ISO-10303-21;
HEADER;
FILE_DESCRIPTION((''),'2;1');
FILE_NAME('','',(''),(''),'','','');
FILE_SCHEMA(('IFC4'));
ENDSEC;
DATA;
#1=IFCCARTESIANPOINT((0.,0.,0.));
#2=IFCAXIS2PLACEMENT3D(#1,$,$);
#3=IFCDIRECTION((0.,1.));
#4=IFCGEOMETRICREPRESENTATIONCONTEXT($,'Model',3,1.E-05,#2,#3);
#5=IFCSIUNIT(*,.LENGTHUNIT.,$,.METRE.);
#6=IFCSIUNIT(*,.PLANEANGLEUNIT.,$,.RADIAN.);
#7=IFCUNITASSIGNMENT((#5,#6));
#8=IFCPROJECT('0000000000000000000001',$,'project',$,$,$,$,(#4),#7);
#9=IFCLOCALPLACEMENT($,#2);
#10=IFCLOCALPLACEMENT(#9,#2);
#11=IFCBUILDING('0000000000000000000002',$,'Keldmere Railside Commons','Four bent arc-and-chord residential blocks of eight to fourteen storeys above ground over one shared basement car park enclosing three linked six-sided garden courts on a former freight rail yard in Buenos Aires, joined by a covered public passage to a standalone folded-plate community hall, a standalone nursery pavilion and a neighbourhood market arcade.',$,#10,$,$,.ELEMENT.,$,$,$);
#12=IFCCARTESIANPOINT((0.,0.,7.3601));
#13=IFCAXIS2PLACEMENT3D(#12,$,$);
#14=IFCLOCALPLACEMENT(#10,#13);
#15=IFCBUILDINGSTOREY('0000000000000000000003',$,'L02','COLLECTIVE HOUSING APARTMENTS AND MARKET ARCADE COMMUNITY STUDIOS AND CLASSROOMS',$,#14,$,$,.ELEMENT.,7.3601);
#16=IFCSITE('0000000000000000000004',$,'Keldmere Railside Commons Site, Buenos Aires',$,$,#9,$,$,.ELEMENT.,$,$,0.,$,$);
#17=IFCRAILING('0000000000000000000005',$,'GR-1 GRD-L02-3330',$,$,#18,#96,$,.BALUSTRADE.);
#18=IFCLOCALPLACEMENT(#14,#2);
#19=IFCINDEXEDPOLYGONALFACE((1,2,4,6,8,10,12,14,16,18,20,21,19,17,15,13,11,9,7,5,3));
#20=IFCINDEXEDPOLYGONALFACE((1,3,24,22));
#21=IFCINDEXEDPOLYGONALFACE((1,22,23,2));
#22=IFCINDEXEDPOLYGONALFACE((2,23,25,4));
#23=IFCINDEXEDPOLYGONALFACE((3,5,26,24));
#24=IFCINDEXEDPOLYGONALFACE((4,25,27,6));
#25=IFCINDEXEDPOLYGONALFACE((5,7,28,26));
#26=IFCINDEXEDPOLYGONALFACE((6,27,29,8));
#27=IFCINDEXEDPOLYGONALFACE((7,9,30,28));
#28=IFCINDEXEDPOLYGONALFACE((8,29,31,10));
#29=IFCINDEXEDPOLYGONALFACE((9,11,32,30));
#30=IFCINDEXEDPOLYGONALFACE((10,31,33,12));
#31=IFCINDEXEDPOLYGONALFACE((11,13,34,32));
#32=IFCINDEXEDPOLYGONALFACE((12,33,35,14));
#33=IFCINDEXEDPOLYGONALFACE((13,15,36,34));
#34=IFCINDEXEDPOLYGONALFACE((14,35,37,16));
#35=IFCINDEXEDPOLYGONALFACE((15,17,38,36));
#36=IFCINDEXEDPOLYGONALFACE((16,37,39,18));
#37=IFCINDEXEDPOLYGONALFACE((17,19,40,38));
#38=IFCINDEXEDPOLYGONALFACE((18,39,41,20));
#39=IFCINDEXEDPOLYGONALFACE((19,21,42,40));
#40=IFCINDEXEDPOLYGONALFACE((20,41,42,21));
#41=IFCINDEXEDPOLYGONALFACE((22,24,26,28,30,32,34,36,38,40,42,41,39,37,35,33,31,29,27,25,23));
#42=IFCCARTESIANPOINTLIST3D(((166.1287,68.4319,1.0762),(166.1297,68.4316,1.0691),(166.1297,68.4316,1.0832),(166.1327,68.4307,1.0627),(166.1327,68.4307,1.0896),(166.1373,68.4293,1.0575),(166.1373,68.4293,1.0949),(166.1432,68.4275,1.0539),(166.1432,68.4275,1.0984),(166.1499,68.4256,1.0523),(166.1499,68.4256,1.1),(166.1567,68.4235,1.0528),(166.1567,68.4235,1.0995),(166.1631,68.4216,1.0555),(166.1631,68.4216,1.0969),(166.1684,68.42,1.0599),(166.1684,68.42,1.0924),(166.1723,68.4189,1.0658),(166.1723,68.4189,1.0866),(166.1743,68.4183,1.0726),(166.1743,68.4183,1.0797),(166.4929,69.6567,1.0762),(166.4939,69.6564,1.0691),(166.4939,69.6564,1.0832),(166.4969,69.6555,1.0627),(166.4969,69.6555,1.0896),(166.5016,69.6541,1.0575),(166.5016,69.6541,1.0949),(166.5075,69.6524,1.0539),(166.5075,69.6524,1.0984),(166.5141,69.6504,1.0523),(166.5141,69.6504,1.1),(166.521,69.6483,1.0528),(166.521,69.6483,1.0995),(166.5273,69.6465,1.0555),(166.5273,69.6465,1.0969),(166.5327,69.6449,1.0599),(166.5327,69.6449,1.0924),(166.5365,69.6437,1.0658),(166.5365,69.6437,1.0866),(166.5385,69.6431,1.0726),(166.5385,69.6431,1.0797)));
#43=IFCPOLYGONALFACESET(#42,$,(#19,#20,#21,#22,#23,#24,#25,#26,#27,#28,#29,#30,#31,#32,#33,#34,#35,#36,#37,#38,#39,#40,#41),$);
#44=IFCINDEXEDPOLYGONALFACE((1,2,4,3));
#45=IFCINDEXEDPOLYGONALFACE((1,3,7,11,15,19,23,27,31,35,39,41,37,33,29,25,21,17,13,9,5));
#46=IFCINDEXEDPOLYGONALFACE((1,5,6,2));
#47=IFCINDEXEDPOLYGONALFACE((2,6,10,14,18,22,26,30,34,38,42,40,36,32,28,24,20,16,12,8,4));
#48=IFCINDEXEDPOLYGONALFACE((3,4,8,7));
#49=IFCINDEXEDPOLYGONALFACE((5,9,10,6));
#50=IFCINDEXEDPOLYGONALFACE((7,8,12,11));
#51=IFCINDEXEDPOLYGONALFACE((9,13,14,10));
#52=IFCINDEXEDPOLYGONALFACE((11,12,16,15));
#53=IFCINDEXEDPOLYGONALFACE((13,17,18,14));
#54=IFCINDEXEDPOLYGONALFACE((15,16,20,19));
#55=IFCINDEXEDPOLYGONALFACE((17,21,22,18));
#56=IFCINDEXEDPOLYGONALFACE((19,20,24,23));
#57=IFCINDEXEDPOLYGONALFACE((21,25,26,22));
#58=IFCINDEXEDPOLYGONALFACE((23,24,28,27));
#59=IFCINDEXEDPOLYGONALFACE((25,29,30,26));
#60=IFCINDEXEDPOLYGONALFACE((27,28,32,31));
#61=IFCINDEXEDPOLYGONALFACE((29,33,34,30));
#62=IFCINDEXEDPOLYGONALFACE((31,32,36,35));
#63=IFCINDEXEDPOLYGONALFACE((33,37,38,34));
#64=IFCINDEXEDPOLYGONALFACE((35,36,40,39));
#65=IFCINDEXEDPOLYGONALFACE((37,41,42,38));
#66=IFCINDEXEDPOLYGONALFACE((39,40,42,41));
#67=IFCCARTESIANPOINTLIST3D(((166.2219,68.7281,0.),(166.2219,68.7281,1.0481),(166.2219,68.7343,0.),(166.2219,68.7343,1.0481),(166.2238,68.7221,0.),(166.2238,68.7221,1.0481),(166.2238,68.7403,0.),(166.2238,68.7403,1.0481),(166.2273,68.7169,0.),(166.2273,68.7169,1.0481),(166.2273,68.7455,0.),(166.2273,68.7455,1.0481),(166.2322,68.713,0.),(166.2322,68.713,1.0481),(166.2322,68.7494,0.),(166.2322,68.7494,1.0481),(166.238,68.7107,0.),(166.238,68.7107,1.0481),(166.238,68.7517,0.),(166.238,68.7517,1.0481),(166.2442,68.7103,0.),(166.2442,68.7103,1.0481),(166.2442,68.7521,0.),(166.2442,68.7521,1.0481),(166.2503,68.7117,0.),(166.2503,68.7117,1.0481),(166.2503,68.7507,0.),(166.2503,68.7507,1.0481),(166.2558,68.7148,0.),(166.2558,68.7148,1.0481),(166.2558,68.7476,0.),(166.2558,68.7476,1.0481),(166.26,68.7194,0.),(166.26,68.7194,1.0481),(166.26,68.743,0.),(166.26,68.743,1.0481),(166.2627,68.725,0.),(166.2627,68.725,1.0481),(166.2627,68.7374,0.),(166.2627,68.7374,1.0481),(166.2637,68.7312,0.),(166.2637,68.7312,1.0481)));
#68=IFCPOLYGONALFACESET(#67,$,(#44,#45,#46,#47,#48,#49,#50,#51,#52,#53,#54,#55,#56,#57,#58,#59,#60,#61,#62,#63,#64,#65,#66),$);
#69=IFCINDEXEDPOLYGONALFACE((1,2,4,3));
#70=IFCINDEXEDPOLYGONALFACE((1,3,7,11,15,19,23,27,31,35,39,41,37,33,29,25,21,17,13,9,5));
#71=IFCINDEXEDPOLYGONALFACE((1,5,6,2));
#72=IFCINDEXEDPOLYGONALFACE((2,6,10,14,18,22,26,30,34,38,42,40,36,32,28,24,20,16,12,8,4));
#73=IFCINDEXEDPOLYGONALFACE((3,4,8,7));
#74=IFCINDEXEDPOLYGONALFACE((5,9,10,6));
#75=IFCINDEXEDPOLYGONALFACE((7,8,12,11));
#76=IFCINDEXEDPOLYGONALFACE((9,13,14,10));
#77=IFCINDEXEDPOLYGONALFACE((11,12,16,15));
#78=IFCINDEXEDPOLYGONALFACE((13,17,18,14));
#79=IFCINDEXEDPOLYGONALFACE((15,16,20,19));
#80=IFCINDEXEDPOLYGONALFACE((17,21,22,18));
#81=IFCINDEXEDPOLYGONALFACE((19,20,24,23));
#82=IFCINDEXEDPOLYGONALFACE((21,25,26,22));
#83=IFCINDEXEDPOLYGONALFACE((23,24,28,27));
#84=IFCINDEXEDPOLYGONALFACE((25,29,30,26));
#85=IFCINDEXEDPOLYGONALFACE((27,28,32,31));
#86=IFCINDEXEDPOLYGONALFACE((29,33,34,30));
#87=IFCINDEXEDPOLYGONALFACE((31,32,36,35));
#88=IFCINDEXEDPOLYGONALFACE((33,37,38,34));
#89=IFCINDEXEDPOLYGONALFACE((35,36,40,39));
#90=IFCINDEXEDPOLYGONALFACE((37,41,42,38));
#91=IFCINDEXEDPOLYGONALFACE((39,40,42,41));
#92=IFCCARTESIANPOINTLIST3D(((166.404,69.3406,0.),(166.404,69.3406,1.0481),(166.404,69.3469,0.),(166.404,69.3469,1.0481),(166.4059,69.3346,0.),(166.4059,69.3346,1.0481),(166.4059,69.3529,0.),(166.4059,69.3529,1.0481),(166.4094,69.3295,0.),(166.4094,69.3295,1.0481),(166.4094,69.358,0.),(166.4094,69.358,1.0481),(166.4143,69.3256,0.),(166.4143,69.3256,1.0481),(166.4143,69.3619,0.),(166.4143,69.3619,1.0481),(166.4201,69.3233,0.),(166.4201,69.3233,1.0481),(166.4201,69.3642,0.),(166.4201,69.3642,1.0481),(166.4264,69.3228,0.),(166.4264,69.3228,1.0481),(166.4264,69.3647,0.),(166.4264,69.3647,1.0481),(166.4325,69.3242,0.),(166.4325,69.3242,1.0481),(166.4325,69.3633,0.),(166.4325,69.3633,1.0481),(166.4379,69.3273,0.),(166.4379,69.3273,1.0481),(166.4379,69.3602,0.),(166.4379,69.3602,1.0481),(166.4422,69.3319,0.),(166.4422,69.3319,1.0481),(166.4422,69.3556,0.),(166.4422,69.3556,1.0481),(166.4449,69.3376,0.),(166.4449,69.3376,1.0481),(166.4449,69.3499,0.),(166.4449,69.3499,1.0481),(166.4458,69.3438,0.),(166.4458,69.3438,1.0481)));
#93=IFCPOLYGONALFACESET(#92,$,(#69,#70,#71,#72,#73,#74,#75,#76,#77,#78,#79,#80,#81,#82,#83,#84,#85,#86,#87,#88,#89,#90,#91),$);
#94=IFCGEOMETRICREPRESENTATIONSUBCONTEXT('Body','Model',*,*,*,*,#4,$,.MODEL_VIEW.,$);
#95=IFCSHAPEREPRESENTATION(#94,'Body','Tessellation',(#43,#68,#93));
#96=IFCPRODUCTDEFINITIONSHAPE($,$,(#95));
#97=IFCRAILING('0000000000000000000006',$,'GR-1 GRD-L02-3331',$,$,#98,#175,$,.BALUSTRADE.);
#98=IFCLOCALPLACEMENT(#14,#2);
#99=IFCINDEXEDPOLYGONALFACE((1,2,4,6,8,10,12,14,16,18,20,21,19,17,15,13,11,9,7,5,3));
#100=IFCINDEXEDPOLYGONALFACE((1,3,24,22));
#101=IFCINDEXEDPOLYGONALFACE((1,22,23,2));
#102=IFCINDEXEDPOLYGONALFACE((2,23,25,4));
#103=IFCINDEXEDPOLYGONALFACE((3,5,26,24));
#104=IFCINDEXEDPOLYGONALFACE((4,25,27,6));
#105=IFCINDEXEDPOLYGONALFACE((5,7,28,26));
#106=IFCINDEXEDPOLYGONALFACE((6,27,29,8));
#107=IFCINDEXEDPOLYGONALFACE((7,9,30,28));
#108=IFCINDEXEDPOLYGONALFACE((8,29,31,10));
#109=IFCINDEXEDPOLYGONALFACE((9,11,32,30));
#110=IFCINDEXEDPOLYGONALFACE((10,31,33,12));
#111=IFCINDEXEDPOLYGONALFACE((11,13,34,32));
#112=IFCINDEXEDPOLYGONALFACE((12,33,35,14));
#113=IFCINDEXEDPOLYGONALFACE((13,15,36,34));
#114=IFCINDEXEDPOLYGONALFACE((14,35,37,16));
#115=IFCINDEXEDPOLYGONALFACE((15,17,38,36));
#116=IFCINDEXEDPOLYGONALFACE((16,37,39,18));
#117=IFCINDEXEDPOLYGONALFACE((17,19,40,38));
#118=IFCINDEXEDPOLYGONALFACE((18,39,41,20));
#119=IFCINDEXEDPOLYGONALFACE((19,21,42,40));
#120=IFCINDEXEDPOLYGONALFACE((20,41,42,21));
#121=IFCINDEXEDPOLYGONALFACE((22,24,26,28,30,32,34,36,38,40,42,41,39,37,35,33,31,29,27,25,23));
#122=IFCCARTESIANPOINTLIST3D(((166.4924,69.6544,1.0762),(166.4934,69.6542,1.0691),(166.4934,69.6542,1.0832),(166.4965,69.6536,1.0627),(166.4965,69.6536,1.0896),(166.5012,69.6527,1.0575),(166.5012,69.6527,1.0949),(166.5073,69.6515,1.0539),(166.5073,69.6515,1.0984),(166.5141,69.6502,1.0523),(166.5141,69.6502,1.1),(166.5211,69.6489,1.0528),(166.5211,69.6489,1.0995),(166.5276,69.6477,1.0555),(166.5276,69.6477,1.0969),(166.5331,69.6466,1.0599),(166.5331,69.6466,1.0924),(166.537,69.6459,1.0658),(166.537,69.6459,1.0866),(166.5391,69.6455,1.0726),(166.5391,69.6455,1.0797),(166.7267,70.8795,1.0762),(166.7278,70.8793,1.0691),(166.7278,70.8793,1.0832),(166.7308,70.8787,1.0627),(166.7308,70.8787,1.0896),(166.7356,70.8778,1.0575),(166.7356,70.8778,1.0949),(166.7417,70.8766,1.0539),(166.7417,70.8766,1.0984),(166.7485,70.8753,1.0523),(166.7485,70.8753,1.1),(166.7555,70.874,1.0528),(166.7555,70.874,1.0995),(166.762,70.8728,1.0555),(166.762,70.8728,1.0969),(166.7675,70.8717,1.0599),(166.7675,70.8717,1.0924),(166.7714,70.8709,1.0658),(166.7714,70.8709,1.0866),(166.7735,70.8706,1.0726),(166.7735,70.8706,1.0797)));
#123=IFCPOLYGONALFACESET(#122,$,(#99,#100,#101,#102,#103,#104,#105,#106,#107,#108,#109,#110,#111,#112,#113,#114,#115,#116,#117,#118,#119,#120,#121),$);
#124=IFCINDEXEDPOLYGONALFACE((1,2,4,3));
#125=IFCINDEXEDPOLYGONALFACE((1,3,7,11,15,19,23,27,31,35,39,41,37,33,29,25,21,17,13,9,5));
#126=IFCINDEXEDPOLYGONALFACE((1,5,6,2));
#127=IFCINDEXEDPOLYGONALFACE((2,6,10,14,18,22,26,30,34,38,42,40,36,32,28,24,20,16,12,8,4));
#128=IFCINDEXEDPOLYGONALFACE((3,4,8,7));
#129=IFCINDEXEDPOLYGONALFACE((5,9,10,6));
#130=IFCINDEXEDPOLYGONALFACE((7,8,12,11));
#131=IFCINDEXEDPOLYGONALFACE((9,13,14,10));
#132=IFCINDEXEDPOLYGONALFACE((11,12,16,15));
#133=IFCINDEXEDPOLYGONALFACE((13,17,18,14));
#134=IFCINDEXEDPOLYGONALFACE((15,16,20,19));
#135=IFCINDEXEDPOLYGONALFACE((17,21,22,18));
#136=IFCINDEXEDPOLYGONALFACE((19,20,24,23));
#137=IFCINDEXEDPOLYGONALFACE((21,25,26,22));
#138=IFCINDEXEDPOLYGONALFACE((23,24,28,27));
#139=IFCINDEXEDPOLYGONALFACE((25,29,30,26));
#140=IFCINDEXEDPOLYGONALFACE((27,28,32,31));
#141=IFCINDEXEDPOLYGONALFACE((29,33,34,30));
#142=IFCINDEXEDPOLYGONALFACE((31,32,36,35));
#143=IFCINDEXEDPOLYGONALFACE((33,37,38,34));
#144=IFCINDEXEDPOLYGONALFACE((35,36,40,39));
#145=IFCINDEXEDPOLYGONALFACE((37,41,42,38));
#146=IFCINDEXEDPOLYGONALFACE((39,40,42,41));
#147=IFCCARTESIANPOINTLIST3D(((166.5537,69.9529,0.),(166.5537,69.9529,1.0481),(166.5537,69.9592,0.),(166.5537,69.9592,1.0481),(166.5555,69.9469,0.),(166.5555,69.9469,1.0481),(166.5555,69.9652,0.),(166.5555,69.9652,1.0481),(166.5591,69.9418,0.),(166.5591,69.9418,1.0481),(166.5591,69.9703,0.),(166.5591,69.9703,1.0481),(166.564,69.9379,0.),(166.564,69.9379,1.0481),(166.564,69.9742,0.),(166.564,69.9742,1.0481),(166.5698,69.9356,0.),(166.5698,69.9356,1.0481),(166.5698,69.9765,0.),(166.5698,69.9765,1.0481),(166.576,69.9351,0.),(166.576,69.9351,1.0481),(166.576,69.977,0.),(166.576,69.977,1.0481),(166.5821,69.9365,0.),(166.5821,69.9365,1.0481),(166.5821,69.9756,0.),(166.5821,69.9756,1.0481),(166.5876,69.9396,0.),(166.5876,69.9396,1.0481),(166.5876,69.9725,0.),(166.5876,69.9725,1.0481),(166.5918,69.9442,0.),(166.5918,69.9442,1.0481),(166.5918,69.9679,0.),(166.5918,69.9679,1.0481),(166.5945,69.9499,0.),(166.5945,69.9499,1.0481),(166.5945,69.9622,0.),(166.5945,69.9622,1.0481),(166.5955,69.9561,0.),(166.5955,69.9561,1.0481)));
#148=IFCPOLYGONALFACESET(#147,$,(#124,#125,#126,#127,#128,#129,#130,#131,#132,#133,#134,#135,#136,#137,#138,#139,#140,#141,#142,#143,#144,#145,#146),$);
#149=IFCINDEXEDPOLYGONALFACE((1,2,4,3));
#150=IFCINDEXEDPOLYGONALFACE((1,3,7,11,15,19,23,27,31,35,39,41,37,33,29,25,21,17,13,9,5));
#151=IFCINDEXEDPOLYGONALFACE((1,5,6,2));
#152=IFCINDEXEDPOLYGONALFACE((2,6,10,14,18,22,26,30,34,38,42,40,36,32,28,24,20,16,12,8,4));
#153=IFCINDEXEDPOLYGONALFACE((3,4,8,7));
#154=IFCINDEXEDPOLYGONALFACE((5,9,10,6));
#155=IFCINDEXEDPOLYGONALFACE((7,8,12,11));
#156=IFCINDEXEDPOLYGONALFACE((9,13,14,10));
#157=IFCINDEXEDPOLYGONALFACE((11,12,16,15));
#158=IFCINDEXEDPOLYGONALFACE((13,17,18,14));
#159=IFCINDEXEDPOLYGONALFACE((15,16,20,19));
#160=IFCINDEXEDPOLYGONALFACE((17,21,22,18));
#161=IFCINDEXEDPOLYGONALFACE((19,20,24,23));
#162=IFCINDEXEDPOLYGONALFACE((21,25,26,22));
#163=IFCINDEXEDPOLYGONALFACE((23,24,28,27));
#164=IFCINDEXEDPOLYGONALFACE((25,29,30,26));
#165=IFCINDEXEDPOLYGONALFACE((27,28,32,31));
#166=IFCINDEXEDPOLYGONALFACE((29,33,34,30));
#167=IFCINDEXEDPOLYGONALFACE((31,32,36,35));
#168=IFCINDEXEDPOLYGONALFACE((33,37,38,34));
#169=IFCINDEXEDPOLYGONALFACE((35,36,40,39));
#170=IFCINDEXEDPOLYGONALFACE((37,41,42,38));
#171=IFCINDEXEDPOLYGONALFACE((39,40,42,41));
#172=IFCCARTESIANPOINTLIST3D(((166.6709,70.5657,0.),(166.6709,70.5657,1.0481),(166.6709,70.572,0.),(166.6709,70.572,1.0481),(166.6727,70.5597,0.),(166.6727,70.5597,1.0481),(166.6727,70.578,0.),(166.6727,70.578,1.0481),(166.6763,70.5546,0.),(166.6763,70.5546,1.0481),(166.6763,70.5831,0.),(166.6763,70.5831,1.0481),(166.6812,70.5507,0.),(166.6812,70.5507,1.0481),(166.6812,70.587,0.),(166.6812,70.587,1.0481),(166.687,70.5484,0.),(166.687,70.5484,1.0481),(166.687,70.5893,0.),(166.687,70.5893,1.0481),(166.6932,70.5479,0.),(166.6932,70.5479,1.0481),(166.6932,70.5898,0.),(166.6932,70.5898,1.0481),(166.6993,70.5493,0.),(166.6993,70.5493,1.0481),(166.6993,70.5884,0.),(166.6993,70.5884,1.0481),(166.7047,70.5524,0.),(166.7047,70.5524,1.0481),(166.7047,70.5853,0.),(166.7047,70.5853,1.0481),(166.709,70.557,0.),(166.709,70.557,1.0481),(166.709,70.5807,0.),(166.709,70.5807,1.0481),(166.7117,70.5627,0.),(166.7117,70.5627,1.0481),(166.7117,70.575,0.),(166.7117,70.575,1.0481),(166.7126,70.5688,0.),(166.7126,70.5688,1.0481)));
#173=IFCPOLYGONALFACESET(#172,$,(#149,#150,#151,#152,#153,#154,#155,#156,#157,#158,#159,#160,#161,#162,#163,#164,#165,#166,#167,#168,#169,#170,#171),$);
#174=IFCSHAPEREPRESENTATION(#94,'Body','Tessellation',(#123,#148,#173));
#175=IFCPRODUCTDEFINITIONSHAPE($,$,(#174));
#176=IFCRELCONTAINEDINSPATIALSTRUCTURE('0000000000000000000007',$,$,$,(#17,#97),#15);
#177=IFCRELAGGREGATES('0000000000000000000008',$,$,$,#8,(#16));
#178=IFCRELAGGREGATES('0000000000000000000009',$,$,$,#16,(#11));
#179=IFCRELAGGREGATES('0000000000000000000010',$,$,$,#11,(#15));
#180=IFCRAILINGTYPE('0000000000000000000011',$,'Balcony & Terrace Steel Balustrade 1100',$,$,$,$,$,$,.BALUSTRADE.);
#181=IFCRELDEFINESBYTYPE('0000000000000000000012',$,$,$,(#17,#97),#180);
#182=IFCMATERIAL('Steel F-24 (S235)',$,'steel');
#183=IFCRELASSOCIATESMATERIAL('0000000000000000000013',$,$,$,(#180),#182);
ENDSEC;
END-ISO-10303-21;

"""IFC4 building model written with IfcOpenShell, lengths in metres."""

from ifc_helpers import new_model, si_unit, direction, frame, origin, origin_2d, place, context, subcontext, project, spatial, circle, extrude, material, type_object, element, save


model = new_model("IFC4")

# Units and contexts
model_context = context("Model", 3, precision=1e-05, world=origin(), true_north=direction((0.0, 1.0)))
body_context = subcontext(model_context, "Body", "Model", "MODEL_VIEW")
ifc_project = project(units=[si_unit("LENGTHUNIT", "METRE"), si_unit("PLANEANGLEUNIT", "RADIAN")], contexts=[model_context])

# Site, building, storey
site_placement = place(None, origin())
site = spatial("IfcSite", under=ifc_project, at=site_placement, Name="Keldmere Railside Commons Site, Buenos Aires", CompositionType="ELEMENT", RefElevation=0.0)
building_placement = place(site_placement, origin())
building = spatial("IfcBuilding", under=site, at=building_placement, Name="Keldmere Railside Commons", Description="Four bent arc-and-chord residential blocks of eight to fourteen storeys above ground over one shared basement car park enclosing three linked six-sided garden courts on a former freight rail yard in Buenos Aires, joined by a covered public passage to a standalone folded-plate community hall, a standalone nursery pavilion and a neighbourhood market arcade.", CompositionType="ELEMENT")
storey_placement = place(building_placement, frame((0.0, 0.0, 7.3601)))
storey = spatial("IfcBuildingStorey", under=building, at=storey_placement, Name="L02", Description="COLLECTIVE HOUSING APARTMENTS AND MARKET ARCADE COMMUNITY STUDIOS AND CLASSROOMS", CompositionType="ELEMENT", Elevation=7.3601)

# Railings
ifc_material_1 = material(Name="Steel F-24 (S235)", Category="steel")
railing_type = type_object("IfcRailingType", Name="Balcony & Terrace Steel Balustrade 1100", PredefinedType="BALUSTRADE", material=ifc_material_1)
railing_1_placement = place(storey_placement, frame((166.1516, 68.425, 0.0)))
element("IfcRailing", 1, at=railing_1_placement, inside=storey, type_object=railing_type, Name="GR-1 GRD-L02-3330", PredefinedType="BALUSTRADE", context=body_context, shape_type="SweptSolid", body=[
    extrude(circle(Radius=0.0239, at=origin_2d()), frame((0.0, 0.0, 1.0762), z_axis=(0.285051, 0.958512, 0.0), x_axis=(-0.958512, 0.285051, 0.0)), (0.0, 0.0, 1.0), 1.2778),
    extrude(circle(Radius=0.021, at=origin_2d()), frame((0.0911, 0.3062, 0.0)), (0.0, 0.0, 1.0), 1.0481),
    extrude(circle(Radius=0.021, at=origin_2d()), frame((0.2732, 0.9187, 0.0)), (0.0, 0.0, 1.0), 1.0481),
])
railing_2_placement = place(storey_placement, frame((166.5159, 69.6499, 0.0)))
element("IfcRailing", 2, at=railing_2_placement, inside=storey, type_object=railing_type, Name="GR-1 GRD-L02-3331", PredefinedType="BALUSTRADE", context=body_context, shape_type="SweptSolid", body=[
    extrude(circle(Radius=0.0239, at=origin_2d()), frame((0.0, 0.0, 1.0762), z_axis=(0.187904, 0.982187, 0.0), x_axis=(-0.982187, 0.187904, 0.0)), (0.0, 0.0, 1.0), 1.2473),
    extrude(circle(Radius=0.021, at=origin_2d()), frame((0.0586, 0.3062, 0.0)), (0.0, 0.0, 1.0), 1.0481),
    extrude(circle(Radius=0.021, at=origin_2d()), frame((0.1758, 0.9189, 0.0)), (0.0, 0.0, 1.0), 1.0481),
])

save(model, "model.ifc")
